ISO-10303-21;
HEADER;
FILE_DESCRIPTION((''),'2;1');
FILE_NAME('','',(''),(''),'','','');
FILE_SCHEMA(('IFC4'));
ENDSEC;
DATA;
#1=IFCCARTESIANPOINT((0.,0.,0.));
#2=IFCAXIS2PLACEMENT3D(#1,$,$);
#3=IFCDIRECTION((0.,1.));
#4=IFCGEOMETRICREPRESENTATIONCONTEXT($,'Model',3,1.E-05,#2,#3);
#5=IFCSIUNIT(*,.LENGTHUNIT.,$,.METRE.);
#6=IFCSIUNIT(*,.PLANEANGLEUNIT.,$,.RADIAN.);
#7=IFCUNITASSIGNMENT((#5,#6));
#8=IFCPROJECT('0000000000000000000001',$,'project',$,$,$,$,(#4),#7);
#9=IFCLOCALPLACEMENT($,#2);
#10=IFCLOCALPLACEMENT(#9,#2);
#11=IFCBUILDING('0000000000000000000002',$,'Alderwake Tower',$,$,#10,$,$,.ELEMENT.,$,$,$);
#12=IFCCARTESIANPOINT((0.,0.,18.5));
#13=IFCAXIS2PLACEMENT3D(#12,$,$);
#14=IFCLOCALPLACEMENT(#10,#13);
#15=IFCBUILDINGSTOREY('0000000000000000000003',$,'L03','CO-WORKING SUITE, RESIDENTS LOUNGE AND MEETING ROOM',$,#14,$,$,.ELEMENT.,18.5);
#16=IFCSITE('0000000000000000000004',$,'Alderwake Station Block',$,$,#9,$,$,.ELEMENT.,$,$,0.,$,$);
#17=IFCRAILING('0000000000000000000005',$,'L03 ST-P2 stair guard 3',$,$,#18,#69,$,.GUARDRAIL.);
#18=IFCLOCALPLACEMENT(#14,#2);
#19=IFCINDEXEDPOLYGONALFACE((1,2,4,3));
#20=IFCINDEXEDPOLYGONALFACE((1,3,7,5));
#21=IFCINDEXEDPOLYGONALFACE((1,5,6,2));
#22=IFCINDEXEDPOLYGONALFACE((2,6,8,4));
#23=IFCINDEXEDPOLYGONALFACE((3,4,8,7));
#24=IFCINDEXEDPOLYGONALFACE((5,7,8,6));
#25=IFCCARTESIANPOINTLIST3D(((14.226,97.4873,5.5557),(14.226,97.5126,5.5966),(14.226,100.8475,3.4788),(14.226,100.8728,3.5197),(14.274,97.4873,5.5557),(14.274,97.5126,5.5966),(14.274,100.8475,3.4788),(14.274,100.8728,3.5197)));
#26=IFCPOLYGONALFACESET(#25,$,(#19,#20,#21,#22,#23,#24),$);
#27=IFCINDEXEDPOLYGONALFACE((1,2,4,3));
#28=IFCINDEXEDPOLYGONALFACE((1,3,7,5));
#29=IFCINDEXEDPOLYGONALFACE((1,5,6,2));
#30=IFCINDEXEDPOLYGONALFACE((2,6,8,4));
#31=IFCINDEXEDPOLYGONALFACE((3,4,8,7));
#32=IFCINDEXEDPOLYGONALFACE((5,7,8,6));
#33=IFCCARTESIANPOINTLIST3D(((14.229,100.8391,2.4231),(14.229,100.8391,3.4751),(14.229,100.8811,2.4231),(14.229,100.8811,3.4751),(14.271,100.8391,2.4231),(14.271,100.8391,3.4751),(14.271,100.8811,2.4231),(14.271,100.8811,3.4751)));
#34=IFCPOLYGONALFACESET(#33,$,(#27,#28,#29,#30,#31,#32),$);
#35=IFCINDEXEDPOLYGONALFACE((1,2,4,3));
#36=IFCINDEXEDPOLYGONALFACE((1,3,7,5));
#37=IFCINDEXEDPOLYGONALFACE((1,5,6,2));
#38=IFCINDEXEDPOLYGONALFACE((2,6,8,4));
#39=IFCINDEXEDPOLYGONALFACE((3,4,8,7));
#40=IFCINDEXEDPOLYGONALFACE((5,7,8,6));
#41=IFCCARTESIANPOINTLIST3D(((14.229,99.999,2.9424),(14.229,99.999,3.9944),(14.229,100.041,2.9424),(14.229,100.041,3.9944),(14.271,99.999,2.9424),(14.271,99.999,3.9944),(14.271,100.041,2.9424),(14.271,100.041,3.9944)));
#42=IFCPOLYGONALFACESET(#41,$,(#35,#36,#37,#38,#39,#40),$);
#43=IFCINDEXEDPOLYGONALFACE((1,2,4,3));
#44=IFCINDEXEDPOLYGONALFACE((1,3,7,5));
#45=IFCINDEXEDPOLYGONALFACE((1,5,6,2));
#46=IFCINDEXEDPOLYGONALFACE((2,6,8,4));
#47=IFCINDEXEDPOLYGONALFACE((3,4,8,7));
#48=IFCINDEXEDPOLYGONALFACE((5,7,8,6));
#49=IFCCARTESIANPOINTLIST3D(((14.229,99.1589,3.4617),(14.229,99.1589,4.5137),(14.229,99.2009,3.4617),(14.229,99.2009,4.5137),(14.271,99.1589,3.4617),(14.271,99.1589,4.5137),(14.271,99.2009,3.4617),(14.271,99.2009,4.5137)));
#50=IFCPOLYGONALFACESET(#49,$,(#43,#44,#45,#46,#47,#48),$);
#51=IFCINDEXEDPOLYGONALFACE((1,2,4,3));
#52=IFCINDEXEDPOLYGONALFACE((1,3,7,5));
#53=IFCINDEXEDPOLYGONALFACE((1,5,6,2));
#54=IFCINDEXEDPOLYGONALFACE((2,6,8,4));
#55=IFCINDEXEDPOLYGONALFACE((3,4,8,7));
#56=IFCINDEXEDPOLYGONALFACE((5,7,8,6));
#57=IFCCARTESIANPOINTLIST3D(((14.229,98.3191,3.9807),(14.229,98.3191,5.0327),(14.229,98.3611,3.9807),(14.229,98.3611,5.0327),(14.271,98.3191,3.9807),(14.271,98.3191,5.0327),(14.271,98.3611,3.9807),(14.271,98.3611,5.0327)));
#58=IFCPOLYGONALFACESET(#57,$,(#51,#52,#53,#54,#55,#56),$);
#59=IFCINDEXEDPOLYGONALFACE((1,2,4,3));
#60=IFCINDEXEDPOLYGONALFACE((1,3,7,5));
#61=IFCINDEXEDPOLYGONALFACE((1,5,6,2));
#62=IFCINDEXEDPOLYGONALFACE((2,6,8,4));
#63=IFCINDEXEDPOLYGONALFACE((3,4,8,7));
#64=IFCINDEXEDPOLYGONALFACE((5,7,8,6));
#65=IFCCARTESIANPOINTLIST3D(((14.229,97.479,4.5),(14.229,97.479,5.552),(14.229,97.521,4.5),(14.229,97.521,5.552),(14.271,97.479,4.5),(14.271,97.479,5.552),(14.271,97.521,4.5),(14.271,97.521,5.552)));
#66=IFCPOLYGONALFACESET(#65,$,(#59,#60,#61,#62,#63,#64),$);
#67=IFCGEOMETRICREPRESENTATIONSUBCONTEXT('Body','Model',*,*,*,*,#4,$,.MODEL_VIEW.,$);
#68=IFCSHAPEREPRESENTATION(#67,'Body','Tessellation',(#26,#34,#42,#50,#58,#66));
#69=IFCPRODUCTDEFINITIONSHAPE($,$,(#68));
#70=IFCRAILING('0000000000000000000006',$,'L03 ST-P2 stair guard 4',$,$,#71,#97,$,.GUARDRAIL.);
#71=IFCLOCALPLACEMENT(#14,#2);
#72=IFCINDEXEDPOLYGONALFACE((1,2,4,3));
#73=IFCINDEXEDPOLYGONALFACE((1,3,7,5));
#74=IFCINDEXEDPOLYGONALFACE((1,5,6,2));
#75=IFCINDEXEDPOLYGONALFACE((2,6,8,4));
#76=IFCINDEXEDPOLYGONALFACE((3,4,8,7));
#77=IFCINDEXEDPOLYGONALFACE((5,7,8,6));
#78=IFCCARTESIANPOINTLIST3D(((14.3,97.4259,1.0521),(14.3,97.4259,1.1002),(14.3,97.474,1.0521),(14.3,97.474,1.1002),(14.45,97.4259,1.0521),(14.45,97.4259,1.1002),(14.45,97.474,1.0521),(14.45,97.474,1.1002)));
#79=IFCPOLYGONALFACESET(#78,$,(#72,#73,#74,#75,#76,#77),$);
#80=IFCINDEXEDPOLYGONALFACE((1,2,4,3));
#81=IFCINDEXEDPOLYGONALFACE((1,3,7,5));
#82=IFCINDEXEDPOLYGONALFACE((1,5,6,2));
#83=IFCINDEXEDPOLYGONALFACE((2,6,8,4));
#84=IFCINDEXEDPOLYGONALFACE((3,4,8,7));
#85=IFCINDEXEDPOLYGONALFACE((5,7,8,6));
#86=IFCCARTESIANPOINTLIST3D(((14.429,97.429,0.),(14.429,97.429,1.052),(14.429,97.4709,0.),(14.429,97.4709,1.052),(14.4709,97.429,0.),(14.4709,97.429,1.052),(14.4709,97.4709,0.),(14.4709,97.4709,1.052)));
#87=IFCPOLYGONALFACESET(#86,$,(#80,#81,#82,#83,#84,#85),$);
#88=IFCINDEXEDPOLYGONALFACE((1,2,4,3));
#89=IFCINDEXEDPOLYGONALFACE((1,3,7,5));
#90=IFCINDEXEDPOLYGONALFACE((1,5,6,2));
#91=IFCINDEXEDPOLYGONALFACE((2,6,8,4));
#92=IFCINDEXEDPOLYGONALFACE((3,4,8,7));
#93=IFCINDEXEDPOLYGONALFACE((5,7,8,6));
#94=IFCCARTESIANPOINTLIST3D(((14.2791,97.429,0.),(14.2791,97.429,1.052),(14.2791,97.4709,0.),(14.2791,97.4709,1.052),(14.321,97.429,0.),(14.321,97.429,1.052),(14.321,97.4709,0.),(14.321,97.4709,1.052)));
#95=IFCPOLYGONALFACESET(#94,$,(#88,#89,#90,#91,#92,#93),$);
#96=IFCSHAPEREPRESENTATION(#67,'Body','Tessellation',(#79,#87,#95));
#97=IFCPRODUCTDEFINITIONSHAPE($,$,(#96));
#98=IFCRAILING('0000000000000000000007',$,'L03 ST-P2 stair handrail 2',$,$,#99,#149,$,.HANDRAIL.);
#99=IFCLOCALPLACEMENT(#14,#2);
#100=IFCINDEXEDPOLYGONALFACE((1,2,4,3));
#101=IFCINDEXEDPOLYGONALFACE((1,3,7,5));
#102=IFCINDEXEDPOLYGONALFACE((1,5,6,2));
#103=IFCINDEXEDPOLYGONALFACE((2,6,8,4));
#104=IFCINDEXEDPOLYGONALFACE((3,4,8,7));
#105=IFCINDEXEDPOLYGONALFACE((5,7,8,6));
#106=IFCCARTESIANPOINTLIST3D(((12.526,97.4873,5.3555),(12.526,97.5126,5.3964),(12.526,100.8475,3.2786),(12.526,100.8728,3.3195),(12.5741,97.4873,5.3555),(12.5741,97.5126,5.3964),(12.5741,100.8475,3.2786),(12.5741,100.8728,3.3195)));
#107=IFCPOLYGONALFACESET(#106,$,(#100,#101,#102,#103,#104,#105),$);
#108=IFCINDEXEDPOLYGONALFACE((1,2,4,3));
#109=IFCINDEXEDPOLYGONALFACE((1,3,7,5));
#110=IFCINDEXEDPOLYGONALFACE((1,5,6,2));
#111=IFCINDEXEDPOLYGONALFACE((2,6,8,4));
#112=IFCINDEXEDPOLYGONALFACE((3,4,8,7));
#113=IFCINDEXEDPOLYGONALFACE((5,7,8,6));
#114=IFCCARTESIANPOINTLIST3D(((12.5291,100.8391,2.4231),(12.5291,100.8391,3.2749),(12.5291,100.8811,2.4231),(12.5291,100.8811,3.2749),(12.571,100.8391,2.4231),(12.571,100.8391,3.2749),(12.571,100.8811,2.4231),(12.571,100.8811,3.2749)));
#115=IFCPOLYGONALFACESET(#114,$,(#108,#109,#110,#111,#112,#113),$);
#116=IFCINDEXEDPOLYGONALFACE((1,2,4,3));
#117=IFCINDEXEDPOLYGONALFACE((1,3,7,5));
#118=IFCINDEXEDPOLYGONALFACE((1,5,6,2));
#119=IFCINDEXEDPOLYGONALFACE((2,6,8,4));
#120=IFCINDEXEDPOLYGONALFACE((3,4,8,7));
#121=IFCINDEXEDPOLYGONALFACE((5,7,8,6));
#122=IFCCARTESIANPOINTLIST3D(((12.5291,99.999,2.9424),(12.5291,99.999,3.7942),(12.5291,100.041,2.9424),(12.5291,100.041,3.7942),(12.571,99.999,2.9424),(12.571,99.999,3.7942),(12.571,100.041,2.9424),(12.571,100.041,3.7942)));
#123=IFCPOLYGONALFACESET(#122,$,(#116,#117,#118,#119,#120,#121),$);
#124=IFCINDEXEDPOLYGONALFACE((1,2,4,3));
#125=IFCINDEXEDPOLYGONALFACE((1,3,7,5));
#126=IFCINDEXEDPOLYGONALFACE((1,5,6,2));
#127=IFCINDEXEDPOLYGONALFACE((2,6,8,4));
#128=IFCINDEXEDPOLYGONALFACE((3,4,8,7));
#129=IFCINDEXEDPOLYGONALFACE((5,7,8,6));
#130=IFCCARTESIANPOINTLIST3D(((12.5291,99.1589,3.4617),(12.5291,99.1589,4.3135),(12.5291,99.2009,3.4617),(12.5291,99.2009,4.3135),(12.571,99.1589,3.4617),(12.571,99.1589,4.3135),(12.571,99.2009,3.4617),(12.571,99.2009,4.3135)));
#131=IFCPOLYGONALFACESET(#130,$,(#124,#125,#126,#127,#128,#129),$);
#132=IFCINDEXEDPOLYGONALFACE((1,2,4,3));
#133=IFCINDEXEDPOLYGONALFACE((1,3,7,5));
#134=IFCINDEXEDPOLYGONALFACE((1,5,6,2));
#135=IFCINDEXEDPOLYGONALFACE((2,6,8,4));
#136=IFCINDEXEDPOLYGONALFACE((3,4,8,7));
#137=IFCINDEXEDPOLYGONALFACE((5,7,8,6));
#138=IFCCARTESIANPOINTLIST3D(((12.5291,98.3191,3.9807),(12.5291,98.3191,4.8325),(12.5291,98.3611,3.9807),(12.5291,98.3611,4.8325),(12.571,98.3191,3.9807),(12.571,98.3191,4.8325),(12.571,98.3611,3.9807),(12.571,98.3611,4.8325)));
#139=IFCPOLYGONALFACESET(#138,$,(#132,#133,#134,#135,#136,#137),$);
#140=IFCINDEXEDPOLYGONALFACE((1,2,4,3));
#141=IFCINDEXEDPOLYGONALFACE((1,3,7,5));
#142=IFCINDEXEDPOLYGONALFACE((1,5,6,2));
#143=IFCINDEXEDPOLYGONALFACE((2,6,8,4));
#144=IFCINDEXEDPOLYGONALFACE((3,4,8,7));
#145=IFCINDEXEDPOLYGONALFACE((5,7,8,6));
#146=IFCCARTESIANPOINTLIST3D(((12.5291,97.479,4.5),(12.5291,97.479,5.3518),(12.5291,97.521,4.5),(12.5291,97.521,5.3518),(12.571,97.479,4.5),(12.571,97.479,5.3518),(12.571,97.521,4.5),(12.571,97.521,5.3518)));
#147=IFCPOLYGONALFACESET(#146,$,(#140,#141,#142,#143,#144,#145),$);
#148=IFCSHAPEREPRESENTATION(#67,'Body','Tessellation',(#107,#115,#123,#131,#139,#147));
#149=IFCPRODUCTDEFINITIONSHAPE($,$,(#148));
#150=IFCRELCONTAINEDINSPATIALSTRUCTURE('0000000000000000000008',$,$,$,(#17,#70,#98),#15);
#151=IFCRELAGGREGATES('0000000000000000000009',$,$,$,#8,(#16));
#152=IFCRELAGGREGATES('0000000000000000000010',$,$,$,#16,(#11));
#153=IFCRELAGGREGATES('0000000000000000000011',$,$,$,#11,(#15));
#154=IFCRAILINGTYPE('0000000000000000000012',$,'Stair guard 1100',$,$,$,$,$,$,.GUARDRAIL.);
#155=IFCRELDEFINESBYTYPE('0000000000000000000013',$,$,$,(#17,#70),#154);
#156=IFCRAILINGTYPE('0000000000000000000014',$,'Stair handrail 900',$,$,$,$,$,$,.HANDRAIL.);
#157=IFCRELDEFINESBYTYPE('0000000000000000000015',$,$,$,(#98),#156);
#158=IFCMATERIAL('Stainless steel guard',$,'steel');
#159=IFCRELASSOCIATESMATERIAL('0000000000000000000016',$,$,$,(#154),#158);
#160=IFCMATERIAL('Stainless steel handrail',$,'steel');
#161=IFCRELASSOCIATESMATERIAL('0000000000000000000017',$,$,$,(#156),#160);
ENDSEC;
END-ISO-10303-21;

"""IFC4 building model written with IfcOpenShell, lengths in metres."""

from ifc_helpers import new_model, si_unit, direction, frame, origin, origin_2d, place, context, subcontext, project, spatial, rectangle, extrude, material, type_object, element, save


model = new_model("IFC4")

# Units and contexts
model_context = context("Model", 3, precision=1e-05, world=origin(), true_north=direction((0.0, 1.0)))
body_context = subcontext(model_context, "Body", "Model", "MODEL_VIEW")
ifc_project = project(units=[si_unit("LENGTHUNIT", "METRE"), si_unit("PLANEANGLEUNIT", "RADIAN")], contexts=[model_context])

# Site, building, storey
site_placement = place(None, origin())
site = spatial("IfcSite", under=ifc_project, at=site_placement, Name="Alderwake Station Block", CompositionType="ELEMENT", RefElevation=0.0)
building_placement = place(site_placement, origin())
building = spatial("IfcBuilding", under=site, at=building_placement, Name="Alderwake Tower", CompositionType="ELEMENT")
storey_placement = place(building_placement, frame((0.0, 0.0, 18.5)))
storey = spatial("IfcBuildingStorey", under=building, at=storey_placement, Name="L03", Description="CO-WORKING SUITE, RESIDENTS LOUNGE AND MEETING ROOM", CompositionType="ELEMENT", Elevation=18.5)

# Railings
ifc_material_1 = material(Name="Stainless steel guard", Category="steel")
railing_type_1 = type_object("IfcRailingType", Name="Stair guard 1100", PredefinedType="GUARDRAIL", material=ifc_material_1)
railing_1_placement = place(storey_placement, frame((14.25, 100.8601, 2.4231)))
element("IfcRailing", 1, at=railing_1_placement, inside=storey, type_object=railing_type_1, Name="L03 ST-P2 stair guard 3", PredefinedType="GUARDRAIL", context=body_context, shape_type="SweptSolid", body=[
    extrude(rectangle(XDim=0.0481, YDim=0.0481, at=origin_2d()), frame((0.0, 0.0, 1.0762), z_axis=(0.0, -0.850623, 0.525776), x_axis=(1.0, 0.0, 0.0)), (0.0, 0.0, 1.0), 3.9502),
    extrude(rectangle(XDim=0.042, YDim=0.042, at=origin_2d()), frame((0.0, 0.0, 0.0), z_axis=(0.0, 0.0, 1.0), x_axis=(0.0, -1.0, 0.0)), (0.0, 0.0, 1.0), 1.052),
    extrude(rectangle(XDim=0.042, YDim=0.042, at=origin_2d()), frame((0.0, -0.8401, 0.5193), z_axis=(0.0, 0.0, 1.0), x_axis=(0.0, -1.0, 0.0)), (0.0, 0.0, 1.0), 1.052),
    extrude(rectangle(XDim=0.042, YDim=0.042, at=origin_2d()), frame((0.0, -1.6802, 1.0386), z_axis=(0.0, 0.0, 1.0), x_axis=(0.0, -1.0, 0.0)), (0.0, 0.0, 1.0), 1.052),
    extrude(rectangle(XDim=0.042, YDim=0.042, at=origin_2d()), frame((0.0, -2.52, 1.5576), z_axis=(0.0, 0.0, 1.0), x_axis=(0.0, -1.0, 0.0)), (0.0, 0.0, 1.0), 1.052),
    extrude(rectangle(XDim=0.042, YDim=0.042, at=origin_2d()), frame((0.0, -3.3601, 2.0769), z_axis=(0.0, 0.0, 1.0), x_axis=(0.0, -1.0, 0.0)), (0.0, 0.0, 1.0), 1.052),
])
railing_2_placement = place(storey_placement, frame((14.45, 97.45, 0.0)))
element("IfcRailing", 2, at=railing_2_placement, inside=storey, type_object=railing_type_1, Name="L03 ST-P2 stair guard 4", PredefinedType="GUARDRAIL", context=body_context, shape_type="SweptSolid", body=[
    extrude(rectangle(XDim=0.0481, YDim=0.0481, at=origin_2d()), frame((0.0, 0.0, 1.0762), z_axis=(-1.0, 0.0, 0.0), x_axis=(0.0, -1.0, 0.0)), (0.0, 0.0, 1.0), 0.1499),
    extrude(rectangle(XDim=0.042, YDim=0.042, at=origin_2d()), frame((0.0, 0.0, 0.0), z_axis=(0.0, 0.0, 1.0), x_axis=(-1.0, 0.0, 0.0)), (0.0, 0.0, 1.0), 1.052),
    extrude(rectangle(XDim=0.042, YDim=0.042, at=origin_2d()), frame((-0.1499, 0.0, 0.0), z_axis=(0.0, 0.0, 1.0), x_axis=(-1.0, 0.0, 0.0)), (0.0, 0.0, 1.0), 1.052),
])
ifc_material_2 = material(Name="Stainless steel handrail", Category="steel")
railing_type_2 = type_object("IfcRailingType", Name="Stair handrail 900", PredefinedType="HANDRAIL", material=ifc_material_2)
railing_3_placement = place(storey_placement, frame((12.55, 100.8601, 2.4231)))
element("IfcRailing", 3, at=railing_3_placement, inside=storey, type_object=railing_type_2, Name="L03 ST-P2 stair handrail 2", PredefinedType="HANDRAIL", context=body_context, shape_type="SweptSolid", body=[
    extrude(rectangle(XDim=0.0481, YDim=0.0481, at=origin_2d()), frame((0.0, 0.0, 0.876), z_axis=(0.0, -0.850623, 0.525776), x_axis=(1.0, 0.0, 0.0)), (0.0, 0.0, 1.0), 3.9502),
    extrude(rectangle(XDim=0.042, YDim=0.042, at=origin_2d()), frame((0.0, 0.0, 0.0), z_axis=(0.0, 0.0, 1.0), x_axis=(0.0, -1.0, 0.0)), (0.0, 0.0, 1.0), 0.8518),
    extrude(rectangle(XDim=0.042, YDim=0.042, at=origin_2d()), frame((0.0, -0.8401, 0.5193), z_axis=(0.0, 0.0, 1.0), x_axis=(0.0, -1.0, 0.0)), (0.0, 0.0, 1.0), 0.8518),
    extrude(rectangle(XDim=0.042, YDim=0.042, at=origin_2d()), frame((0.0, -1.6802, 1.0386), z_axis=(0.0, 0.0, 1.0), x_axis=(0.0, -1.0, 0.0)), (0.0, 0.0, 1.0), 0.8518),
    extrude(rectangle(XDim=0.042, YDim=0.042, at=origin_2d()), frame((0.0, -2.52, 1.5576), z_axis=(0.0, 0.0, 1.0), x_axis=(0.0, -1.0, 0.0)), (0.0, 0.0, 1.0), 0.8518),
    extrude(rectangle(XDim=0.042, YDim=0.042, at=origin_2d()), frame((0.0, -3.3601, 2.0769), z_axis=(0.0, 0.0, 1.0), x_axis=(0.0, -1.0, 0.0)), (0.0, 0.0, 1.0), 0.8518),
])

save(model, "model.ifc")
